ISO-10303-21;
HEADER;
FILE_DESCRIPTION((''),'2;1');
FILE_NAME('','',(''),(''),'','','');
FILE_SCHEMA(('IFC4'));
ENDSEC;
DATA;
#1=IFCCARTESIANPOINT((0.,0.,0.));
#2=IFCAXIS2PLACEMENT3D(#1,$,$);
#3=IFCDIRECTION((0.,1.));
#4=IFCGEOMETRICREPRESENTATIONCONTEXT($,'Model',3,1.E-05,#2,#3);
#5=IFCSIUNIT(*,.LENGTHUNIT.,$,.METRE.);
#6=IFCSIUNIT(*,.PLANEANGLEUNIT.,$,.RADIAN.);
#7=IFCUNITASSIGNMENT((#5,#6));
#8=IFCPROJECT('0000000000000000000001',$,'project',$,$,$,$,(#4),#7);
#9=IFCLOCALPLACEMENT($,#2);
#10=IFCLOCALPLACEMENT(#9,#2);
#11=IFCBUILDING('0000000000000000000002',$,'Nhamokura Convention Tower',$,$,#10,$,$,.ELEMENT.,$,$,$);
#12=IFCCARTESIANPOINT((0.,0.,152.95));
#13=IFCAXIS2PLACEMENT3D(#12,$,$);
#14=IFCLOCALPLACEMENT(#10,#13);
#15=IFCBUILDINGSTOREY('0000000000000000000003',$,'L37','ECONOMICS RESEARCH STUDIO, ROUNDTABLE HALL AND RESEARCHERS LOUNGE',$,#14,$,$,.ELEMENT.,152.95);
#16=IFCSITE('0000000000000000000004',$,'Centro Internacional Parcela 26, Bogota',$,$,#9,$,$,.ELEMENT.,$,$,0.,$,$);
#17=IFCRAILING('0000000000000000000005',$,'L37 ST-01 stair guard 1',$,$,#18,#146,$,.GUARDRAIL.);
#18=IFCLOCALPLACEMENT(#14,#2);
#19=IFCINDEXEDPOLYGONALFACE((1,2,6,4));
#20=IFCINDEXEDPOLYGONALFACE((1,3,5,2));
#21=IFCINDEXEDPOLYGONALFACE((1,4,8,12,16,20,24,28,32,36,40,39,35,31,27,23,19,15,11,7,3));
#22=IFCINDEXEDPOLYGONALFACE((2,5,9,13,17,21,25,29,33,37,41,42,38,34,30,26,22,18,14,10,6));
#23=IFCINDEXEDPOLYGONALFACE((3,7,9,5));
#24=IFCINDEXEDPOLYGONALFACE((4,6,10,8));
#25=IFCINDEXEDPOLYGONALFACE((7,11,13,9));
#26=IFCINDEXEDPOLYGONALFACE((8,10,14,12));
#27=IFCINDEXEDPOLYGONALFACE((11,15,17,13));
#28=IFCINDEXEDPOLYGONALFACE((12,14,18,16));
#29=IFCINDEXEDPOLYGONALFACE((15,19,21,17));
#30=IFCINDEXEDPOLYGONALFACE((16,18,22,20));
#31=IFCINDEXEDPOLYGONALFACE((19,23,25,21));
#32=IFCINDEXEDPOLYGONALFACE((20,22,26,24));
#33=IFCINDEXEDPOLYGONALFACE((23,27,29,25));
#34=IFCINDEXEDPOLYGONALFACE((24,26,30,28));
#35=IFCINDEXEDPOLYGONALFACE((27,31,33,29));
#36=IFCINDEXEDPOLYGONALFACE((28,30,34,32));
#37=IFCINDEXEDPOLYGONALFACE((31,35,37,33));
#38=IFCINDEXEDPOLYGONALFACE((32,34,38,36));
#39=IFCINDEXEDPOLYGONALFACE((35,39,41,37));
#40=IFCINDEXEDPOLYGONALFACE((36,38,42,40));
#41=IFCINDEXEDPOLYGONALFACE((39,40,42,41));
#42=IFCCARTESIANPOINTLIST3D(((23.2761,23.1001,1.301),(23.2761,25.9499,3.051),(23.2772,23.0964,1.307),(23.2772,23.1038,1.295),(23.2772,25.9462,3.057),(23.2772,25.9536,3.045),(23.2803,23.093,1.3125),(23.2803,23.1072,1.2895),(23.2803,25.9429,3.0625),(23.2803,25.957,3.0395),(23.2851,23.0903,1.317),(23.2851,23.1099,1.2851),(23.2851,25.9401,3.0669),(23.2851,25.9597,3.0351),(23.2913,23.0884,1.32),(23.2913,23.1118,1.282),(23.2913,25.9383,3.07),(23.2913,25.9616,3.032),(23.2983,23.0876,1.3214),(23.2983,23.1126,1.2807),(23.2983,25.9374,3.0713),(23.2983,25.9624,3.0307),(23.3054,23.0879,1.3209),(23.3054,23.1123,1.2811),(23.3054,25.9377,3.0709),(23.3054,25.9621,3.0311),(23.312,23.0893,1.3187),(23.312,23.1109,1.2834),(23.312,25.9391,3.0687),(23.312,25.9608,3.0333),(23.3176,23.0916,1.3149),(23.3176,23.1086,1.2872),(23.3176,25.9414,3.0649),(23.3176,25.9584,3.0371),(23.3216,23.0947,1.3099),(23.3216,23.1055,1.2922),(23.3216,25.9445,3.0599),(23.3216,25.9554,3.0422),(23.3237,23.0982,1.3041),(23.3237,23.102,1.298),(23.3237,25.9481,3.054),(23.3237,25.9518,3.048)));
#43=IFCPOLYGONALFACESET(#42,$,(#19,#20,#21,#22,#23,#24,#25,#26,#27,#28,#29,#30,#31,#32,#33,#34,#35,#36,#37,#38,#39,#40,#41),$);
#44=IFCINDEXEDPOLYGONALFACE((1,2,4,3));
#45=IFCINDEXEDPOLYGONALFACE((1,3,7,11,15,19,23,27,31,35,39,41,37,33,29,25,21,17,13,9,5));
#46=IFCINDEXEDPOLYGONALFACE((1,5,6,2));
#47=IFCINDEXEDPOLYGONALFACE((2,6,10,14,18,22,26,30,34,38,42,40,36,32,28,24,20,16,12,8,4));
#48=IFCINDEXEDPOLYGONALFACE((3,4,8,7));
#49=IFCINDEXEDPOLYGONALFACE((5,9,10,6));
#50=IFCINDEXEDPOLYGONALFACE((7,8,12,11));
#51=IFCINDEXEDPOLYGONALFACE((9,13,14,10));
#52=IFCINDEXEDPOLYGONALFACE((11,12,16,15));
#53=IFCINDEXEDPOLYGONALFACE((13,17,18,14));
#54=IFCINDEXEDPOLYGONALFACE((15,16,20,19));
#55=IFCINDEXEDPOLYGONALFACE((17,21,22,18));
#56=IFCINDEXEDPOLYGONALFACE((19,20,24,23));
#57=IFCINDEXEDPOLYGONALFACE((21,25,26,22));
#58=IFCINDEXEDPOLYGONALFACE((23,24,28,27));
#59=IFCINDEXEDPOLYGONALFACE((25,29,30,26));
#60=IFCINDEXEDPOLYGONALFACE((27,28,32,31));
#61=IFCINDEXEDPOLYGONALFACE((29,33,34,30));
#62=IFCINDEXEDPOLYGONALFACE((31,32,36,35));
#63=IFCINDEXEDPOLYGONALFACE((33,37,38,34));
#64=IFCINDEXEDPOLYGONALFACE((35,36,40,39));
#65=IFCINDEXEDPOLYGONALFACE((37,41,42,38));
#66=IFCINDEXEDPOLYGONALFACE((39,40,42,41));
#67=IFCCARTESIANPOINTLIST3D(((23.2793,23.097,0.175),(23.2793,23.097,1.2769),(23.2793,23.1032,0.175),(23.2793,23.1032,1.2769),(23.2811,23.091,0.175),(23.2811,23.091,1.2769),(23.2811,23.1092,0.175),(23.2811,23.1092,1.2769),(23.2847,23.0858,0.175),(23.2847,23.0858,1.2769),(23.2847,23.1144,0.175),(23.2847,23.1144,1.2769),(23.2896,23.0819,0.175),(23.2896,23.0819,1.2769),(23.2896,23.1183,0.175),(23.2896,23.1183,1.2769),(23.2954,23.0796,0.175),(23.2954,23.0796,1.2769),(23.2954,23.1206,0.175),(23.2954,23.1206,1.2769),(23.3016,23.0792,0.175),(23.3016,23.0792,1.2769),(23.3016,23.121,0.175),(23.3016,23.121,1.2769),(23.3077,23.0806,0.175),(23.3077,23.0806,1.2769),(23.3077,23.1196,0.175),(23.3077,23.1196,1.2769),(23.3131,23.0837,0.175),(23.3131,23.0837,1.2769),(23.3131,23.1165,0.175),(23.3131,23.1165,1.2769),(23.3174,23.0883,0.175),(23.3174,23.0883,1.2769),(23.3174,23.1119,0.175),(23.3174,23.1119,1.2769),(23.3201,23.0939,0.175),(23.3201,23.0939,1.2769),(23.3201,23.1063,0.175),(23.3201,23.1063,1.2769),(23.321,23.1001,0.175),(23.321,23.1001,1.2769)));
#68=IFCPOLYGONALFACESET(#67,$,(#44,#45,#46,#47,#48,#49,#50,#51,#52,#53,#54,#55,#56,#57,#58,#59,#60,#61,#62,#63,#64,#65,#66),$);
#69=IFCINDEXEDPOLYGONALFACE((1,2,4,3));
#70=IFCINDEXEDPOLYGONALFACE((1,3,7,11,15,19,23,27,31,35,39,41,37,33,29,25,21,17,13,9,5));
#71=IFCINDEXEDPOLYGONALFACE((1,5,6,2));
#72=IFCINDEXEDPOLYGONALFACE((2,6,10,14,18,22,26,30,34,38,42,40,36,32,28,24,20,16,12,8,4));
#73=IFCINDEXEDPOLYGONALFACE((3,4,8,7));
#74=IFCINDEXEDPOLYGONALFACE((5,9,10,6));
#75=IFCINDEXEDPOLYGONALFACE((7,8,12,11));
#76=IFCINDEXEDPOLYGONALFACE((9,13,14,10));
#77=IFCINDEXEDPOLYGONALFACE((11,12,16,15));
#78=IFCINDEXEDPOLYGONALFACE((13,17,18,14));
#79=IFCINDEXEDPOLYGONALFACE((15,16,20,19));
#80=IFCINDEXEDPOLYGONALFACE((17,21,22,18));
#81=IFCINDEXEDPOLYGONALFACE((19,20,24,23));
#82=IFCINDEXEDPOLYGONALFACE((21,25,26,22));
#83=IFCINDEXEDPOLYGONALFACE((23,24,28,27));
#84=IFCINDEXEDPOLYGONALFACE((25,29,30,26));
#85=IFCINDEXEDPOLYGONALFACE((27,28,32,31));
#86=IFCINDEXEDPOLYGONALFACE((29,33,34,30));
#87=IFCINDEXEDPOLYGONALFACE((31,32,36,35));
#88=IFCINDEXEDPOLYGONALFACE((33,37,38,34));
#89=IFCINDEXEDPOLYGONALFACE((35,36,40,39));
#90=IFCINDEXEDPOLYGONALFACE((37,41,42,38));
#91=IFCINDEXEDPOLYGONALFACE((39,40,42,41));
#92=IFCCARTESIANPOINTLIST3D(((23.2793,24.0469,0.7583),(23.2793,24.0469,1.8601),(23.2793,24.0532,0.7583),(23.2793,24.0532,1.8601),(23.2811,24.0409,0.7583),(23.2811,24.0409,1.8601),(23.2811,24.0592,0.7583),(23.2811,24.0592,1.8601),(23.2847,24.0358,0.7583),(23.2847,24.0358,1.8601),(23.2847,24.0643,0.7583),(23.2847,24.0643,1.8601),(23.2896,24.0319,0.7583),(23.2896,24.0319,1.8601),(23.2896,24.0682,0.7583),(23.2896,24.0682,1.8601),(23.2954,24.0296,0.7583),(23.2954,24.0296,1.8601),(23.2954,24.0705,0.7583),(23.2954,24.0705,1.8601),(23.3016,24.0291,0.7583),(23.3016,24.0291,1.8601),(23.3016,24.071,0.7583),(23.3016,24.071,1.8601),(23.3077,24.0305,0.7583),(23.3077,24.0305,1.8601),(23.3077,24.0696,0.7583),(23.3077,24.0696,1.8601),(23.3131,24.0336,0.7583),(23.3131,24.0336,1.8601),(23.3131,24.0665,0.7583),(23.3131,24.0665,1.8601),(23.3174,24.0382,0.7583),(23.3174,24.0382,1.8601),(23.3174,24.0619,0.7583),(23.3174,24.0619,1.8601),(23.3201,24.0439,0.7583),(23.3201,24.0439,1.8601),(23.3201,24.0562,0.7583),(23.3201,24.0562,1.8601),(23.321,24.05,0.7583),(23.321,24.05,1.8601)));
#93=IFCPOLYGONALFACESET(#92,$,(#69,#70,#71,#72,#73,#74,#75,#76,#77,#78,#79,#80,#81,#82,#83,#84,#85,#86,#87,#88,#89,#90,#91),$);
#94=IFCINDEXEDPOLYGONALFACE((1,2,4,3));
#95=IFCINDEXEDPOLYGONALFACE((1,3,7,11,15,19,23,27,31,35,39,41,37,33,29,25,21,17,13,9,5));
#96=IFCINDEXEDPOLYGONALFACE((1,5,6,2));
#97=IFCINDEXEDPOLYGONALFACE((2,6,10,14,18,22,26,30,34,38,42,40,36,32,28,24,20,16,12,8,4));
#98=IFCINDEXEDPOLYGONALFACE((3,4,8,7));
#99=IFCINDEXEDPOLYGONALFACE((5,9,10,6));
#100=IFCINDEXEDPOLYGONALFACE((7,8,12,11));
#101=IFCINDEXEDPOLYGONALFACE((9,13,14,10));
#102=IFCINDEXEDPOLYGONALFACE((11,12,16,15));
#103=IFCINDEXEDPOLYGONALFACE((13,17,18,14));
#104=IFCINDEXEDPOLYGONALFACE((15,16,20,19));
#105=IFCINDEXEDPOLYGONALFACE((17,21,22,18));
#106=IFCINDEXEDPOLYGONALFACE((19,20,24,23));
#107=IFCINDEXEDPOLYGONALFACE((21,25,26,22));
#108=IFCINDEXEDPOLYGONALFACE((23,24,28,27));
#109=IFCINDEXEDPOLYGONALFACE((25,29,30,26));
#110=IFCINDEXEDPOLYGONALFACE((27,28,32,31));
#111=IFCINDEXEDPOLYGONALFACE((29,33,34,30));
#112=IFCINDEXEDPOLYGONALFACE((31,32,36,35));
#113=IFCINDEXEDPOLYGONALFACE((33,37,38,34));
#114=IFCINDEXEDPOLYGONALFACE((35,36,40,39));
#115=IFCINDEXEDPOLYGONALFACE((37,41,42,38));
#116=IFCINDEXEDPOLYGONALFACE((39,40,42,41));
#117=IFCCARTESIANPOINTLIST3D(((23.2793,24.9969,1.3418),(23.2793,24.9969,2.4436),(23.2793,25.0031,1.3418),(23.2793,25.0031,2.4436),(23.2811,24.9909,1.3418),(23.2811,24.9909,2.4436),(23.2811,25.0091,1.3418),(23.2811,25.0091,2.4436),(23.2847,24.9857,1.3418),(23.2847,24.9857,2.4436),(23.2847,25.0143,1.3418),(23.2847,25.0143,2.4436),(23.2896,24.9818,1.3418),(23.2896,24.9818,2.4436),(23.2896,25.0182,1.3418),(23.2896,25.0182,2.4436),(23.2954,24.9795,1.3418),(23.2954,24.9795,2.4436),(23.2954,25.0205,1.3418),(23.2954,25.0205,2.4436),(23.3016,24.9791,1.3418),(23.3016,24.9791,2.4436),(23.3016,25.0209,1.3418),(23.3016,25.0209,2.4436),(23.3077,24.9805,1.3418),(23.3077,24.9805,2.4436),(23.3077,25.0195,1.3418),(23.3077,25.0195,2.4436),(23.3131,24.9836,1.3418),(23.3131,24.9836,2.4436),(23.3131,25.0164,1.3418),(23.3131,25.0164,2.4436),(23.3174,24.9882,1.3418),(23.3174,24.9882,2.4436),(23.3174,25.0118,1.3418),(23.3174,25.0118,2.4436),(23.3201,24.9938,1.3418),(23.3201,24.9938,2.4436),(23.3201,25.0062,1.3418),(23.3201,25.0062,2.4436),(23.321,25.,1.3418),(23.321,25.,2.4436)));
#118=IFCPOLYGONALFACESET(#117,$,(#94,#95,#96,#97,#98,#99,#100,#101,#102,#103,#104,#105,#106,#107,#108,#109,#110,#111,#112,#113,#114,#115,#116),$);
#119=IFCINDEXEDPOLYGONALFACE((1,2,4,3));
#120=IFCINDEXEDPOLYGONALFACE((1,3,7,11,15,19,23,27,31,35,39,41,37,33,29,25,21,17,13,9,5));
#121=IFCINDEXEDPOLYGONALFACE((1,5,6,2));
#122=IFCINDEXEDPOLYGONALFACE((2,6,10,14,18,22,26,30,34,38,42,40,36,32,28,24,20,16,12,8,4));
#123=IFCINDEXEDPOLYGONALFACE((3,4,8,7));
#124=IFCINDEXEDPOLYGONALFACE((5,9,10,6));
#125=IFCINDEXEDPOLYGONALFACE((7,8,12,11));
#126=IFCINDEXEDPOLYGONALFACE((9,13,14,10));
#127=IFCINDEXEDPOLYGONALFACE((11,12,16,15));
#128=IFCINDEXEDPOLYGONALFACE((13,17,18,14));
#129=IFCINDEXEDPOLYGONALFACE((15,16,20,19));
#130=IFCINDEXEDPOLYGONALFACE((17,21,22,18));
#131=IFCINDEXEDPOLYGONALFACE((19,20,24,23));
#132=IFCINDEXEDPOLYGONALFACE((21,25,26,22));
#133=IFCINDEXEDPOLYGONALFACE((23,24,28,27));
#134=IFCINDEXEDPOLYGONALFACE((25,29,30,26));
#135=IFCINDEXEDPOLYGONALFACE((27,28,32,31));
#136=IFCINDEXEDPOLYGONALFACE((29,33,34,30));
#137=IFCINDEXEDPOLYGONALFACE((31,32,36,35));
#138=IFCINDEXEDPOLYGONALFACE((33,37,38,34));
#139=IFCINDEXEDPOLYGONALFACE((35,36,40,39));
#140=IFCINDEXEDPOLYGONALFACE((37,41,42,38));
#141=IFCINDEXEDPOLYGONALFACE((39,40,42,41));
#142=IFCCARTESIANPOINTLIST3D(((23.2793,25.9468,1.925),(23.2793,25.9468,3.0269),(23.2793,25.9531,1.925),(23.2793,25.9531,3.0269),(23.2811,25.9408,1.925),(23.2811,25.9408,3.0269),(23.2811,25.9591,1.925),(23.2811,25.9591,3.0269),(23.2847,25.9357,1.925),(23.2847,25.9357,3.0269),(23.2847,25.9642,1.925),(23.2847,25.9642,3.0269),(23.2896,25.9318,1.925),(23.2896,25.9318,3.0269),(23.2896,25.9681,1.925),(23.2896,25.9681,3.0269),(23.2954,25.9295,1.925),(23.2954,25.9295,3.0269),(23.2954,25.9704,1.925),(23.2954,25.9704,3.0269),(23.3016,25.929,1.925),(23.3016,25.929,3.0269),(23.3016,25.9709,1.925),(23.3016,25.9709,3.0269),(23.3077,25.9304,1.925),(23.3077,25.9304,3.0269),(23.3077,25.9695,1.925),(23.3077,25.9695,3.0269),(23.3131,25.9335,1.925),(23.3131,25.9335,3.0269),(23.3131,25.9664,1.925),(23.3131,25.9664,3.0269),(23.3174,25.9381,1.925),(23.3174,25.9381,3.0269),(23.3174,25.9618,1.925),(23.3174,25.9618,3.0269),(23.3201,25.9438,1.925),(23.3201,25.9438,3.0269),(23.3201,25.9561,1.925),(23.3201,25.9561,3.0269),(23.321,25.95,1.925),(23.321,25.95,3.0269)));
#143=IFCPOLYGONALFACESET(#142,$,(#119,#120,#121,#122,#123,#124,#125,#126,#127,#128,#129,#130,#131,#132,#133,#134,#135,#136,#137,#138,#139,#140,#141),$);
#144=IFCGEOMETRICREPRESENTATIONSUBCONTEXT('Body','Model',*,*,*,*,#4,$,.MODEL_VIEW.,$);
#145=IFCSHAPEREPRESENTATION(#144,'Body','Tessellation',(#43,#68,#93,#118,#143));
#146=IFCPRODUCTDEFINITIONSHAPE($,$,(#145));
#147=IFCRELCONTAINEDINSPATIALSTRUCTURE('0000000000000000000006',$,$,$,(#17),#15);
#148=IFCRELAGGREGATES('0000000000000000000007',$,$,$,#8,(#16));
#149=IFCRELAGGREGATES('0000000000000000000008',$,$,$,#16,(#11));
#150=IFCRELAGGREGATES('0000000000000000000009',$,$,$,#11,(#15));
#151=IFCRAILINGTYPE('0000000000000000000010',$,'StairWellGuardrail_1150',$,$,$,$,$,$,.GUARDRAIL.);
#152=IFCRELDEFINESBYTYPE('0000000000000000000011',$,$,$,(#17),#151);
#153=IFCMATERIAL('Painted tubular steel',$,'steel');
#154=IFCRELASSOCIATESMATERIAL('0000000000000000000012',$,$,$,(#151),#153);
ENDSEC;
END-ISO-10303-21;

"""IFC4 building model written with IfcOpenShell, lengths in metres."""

from ifc_helpers import new_model, si_unit, direction, frame, origin, origin_2d, place, context, subcontext, project, spatial, circle, extrude, material, type_object, element, save


model = new_model("IFC4")

# Units and contexts
model_context = context("Model", 3, precision=1e-05, world=origin(), true_north=direction((0.0, 1.0)))
body_context = subcontext(model_context, "Body", "Model", "MODEL_VIEW")
ifc_project = project(units=[si_unit("LENGTHUNIT", "METRE"), si_unit("PLANEANGLEUNIT", "RADIAN")], contexts=[model_context])

# Site, building, storey
site_placement = place(None, origin())
site = spatial("IfcSite", under=ifc_project, at=site_placement, Name="Centro Internacional Parcela 26, Bogota", CompositionType="ELEMENT", RefElevation=0.0)
building_placement = place(site_placement, origin())
building = spatial("IfcBuilding", under=site, at=building_placement, Name="Nhamokura Convention Tower", CompositionType="ELEMENT")
storey_placement = place(building_placement, frame((0.0, 0.0, 152.95)))
storey = spatial("IfcBuildingStorey", under=building, at=storey_placement, Name="L37", Description="ECONOMICS RESEARCH STUDIO, ROUNDTABLE HALL AND RESEARCHERS LOUNGE", CompositionType="ELEMENT", Elevation=152.95)

# Railing
ifc_material_1 = material(Name="Painted tubular steel", Category="steel")
railing_type_1 = type_object("IfcRailingType", Name="StairWellGuardrail_1150", PredefinedType="GUARDRAIL", material=ifc_material_1)
railing_1_placement = place(storey_placement, frame((23.3, 23.1001, 0.175)))
element("IfcRailing", 1, at=railing_1_placement, inside=storey, type_object=railing_type_1, Name="L37 ST-01 stair guard 1", PredefinedType="GUARDRAIL", context=body_context, shape_type="SweptSolid", body=[
    extrude(circle(Radius=0.0239, at=origin_2d()), frame((0.0, 0.0, 1.126), z_axis=(0.0, 0.852159, 0.523283), x_axis=(-1.0, 0.0, 0.0)), (0.0, 0.0, 1.0), 3.3442),
    extrude(circle(Radius=0.021, at=origin_2d()), origin(), (0.0, 0.0, 1.0), 1.1018),
    extrude(circle(Radius=0.021, at=origin_2d()), frame((0.0, 0.95, 0.5833)), (0.0, 0.0, 1.0), 1.1018),
    extrude(circle(Radius=0.021, at=origin_2d()), frame((0.0, 1.8999, 1.1667)), (0.0, 0.0, 1.0), 1.1018),
    extrude(circle(Radius=0.021, at=origin_2d()), frame((0.0, 2.8499, 1.75)), (0.0, 0.0, 1.0), 1.1018),
])

save(model, "model.ifc")
